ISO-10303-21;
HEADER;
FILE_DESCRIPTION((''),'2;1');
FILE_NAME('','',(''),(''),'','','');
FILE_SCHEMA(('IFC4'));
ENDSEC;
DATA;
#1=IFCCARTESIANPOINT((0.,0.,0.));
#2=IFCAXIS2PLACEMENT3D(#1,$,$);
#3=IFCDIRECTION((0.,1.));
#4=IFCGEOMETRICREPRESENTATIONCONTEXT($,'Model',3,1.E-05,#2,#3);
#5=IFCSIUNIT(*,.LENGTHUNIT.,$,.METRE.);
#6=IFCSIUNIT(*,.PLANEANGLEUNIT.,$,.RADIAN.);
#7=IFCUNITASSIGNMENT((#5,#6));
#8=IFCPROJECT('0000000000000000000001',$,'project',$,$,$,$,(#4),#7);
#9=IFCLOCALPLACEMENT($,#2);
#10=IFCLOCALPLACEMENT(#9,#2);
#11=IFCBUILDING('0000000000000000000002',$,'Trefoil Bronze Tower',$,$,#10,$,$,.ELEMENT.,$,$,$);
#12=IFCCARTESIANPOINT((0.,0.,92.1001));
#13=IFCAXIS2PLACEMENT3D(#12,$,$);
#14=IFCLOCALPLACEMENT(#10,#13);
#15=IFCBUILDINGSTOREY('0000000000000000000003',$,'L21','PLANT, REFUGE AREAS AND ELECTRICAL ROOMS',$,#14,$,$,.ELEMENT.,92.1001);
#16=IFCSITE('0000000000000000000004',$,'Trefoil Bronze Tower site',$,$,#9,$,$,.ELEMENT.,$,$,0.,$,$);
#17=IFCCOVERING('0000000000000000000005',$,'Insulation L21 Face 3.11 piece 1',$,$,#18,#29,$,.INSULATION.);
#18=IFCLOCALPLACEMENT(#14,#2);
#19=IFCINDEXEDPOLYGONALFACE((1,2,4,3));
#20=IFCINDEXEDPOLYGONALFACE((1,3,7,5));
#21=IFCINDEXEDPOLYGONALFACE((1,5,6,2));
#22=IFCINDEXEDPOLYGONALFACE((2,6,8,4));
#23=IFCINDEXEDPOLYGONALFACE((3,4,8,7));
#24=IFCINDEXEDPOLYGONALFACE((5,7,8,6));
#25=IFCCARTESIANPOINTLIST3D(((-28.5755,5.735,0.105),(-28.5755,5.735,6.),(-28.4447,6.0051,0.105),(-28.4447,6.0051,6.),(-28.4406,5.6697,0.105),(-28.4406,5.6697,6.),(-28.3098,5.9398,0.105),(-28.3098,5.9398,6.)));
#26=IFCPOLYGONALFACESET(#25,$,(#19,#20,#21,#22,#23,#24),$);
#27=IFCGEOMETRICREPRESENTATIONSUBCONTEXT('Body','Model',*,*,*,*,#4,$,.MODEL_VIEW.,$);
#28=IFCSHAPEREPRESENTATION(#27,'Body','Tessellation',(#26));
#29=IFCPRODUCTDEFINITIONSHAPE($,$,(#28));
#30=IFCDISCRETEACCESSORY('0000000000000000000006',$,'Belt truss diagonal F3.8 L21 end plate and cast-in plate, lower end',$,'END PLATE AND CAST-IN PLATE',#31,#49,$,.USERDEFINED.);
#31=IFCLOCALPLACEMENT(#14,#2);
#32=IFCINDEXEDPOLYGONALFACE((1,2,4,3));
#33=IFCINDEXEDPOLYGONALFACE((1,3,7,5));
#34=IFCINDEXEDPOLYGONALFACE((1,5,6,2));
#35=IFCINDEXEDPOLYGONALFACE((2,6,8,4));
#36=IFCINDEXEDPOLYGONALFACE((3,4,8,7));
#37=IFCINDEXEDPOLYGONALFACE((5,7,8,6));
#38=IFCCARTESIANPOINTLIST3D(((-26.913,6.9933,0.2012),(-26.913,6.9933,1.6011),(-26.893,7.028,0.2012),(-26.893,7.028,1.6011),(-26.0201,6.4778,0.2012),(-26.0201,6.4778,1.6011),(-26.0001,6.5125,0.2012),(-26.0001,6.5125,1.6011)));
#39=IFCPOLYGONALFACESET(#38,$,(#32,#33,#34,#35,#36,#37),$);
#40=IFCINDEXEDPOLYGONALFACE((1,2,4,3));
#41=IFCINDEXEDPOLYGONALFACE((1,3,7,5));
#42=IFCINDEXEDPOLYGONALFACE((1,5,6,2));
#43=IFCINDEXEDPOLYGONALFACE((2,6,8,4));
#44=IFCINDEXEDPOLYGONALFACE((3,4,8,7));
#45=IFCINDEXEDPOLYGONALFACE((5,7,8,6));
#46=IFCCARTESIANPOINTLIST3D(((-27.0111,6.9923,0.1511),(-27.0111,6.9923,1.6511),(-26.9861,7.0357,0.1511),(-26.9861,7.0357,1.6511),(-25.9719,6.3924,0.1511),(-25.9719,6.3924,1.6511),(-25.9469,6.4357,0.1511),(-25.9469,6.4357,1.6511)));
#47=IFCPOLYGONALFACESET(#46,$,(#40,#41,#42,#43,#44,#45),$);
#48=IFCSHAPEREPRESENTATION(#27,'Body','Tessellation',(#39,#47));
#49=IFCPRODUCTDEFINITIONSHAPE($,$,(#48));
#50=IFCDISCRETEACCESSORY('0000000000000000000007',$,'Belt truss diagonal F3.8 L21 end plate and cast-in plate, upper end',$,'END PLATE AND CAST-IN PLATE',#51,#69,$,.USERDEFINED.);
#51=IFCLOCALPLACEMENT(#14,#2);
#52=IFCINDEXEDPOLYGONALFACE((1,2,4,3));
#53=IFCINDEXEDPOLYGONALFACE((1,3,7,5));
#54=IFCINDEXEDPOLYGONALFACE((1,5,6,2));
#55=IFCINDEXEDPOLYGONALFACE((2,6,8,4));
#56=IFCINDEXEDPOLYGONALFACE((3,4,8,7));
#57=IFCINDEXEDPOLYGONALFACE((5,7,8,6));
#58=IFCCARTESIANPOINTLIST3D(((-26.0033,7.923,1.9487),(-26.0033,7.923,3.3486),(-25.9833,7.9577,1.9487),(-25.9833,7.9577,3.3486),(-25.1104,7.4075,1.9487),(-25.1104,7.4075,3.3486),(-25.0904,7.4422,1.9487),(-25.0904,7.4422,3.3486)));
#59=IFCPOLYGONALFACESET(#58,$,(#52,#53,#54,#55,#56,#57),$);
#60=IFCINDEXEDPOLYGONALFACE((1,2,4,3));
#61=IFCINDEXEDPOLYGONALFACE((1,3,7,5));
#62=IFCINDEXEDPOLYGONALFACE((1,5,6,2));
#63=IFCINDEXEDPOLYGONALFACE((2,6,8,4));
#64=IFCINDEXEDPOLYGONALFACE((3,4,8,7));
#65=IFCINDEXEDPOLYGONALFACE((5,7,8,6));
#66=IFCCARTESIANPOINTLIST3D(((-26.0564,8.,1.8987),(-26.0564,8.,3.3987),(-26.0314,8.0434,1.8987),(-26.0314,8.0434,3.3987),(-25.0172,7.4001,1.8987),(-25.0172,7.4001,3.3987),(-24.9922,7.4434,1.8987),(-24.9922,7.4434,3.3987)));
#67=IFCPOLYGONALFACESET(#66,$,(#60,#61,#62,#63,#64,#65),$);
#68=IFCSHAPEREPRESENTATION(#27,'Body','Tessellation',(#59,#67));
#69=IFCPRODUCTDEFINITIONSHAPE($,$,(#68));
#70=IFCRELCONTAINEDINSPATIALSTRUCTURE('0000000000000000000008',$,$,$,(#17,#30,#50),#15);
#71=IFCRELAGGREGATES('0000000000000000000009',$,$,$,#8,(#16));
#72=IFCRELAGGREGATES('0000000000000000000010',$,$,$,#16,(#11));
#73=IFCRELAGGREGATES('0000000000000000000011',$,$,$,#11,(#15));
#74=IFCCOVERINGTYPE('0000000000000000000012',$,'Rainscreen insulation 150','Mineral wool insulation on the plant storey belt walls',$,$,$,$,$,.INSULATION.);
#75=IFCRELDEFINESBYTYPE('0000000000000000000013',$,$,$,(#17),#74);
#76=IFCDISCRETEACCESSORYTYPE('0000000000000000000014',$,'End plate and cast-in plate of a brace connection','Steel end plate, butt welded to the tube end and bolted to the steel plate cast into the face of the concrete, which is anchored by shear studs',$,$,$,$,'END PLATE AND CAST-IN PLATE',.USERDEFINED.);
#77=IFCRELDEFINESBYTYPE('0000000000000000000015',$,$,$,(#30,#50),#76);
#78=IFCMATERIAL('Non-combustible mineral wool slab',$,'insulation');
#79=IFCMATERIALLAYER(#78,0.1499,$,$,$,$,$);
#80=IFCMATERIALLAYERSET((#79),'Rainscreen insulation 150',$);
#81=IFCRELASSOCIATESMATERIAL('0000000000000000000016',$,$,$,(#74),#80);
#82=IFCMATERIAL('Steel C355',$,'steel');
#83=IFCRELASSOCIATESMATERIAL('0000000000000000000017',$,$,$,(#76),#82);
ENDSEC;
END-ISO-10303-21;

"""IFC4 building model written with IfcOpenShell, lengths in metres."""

from ifc_helpers import new_model, si_unit, direction, frame, origin, origin_2d, place, context, subcontext, project, spatial, rectangle, extrude, material, layer, layer_set, type_object, element, save


model = new_model("IFC4")

# Units and contexts
model_context = context("Model", 3, precision=1e-05, world=origin(), true_north=direction((0.0, 1.0)))
body_context = subcontext(model_context, "Body", "Model", "MODEL_VIEW")
ifc_project = project(units=[si_unit("LENGTHUNIT", "METRE"), si_unit("PLANEANGLEUNIT", "RADIAN")], contexts=[model_context])

# Site, building, storey
site_placement = place(None, origin())
site = spatial("IfcSite", under=ifc_project, at=site_placement, Name="Trefoil Bronze Tower site", CompositionType="ELEMENT", RefElevation=0.0)
building_placement = place(site_placement, origin())
building = spatial("IfcBuilding", under=site, at=building_placement, Name="Trefoil Bronze Tower", CompositionType="ELEMENT")
storey_placement = place(building_placement, frame((0.0, 0.0, 92.1001)))
storey = spatial("IfcBuildingStorey", under=building, at=storey_placement, Name="L21", Description="PLANT, REFUGE AREAS AND ELECTRICAL ROOMS", CompositionType="ELEMENT", Elevation=92.1001)

# Covering
ifc_material_1 = material(Name="Non-combustible mineral wool slab", Category="insulation")
ifc_layer_1 = layer(ifc_material_1, 0.1499)
ifc_layer_set_1 = layer_set([ifc_layer_1], Name="Rainscreen insulation 150")
covering_type_1 = type_object("IfcCoveringType", Name="Rainscreen insulation 150", Description="Mineral wool insulation on the plant storey belt walls", PredefinedType="INSULATION", material=ifc_layer_set_1)
covering_1_placement = place(storey_placement, frame((-28.4426, 5.8374, 0.105), z_axis=(0.0, 0.0, 1.0), x_axis=(-0.435855, -0.900017, 0.0)))
element("IfcCovering", 1, at=covering_1_placement, inside=storey, type_object=covering_type_1, Name="Insulation L21 Face 3.11 piece 1", PredefinedType="INSULATION", context=body_context, shape_type="SweptSolid", body=[
    extrude(rectangle(XDim=0.3, YDim=0.1499, at=origin_2d()), origin(), (0.0, 0.0, 1.0), 5.895),
])

# Discrete accessories
ifc_material_2 = material(Name="Steel C355", Category="steel")
discrete_accessory_type = type_object("IfcDiscreteAccessoryType", Name="End plate and cast-in plate of a brace connection", Description="Steel end plate, butt welded to the tube end and bolted to the steel plate cast into the face of the concrete, which is anchored by shear studs", ElementType="END PLATE AND CAST-IN PLATE", PredefinedType="USERDEFINED", material=ifc_material_2)
discrete_accessory_1_placement = place(storey_placement, frame((-26.4666, 6.7356, 0.9011), z_axis=(0.0, 0.0, 1.0), x_axis=(0.5, 0.866025, 0.0)))
element("IfcDiscreteAccessory", 2, at=discrete_accessory_1_placement, inside=storey, type_object=discrete_accessory_type, Name="Belt truss diagonal F3.8 L21 end plate and cast-in plate, lower end", ObjectType="END PLATE AND CAST-IN PLATE", PredefinedType="USERDEFINED", context=body_context, shape_type="SweptSolid", body=[
    extrude(rectangle(XDim=0.04, YDim=1.031, at=origin_2d()), frame((0.02, 0.0, -0.7)), (0.0, 0.0, 1.0), 1.3999),
    extrude(rectangle(XDim=0.05, YDim=1.2, at=origin_2d()), frame((-0.0249, 0.0, -0.75)), (0.0, 0.0, 1.0), 1.5),
])
discrete_accessory_2_placement = place(storey_placement, frame((-25.5369, 7.7, 2.6487), z_axis=(0.0, 0.0, 1.0), x_axis=(-0.5, -0.866025, 0.0)))
element("IfcDiscreteAccessory", 3, at=discrete_accessory_2_placement, inside=storey, type_object=discrete_accessory_type, Name="Belt truss diagonal F3.8 L21 end plate and cast-in plate, upper end", ObjectType="END PLATE AND CAST-IN PLATE", PredefinedType="USERDEFINED", context=body_context, shape_type="SweptSolid", body=[
    extrude(rectangle(XDim=0.04, YDim=1.031, at=origin_2d()), frame((0.02, 0.0, -0.7)), (0.0, 0.0, 1.0), 1.3999),
    extrude(rectangle(XDim=0.05, YDim=1.2, at=origin_2d()), frame((-0.0251, 0.0, -0.75)), (0.0, 0.0, 1.0), 1.5),
])

save(model, "model.ifc")
